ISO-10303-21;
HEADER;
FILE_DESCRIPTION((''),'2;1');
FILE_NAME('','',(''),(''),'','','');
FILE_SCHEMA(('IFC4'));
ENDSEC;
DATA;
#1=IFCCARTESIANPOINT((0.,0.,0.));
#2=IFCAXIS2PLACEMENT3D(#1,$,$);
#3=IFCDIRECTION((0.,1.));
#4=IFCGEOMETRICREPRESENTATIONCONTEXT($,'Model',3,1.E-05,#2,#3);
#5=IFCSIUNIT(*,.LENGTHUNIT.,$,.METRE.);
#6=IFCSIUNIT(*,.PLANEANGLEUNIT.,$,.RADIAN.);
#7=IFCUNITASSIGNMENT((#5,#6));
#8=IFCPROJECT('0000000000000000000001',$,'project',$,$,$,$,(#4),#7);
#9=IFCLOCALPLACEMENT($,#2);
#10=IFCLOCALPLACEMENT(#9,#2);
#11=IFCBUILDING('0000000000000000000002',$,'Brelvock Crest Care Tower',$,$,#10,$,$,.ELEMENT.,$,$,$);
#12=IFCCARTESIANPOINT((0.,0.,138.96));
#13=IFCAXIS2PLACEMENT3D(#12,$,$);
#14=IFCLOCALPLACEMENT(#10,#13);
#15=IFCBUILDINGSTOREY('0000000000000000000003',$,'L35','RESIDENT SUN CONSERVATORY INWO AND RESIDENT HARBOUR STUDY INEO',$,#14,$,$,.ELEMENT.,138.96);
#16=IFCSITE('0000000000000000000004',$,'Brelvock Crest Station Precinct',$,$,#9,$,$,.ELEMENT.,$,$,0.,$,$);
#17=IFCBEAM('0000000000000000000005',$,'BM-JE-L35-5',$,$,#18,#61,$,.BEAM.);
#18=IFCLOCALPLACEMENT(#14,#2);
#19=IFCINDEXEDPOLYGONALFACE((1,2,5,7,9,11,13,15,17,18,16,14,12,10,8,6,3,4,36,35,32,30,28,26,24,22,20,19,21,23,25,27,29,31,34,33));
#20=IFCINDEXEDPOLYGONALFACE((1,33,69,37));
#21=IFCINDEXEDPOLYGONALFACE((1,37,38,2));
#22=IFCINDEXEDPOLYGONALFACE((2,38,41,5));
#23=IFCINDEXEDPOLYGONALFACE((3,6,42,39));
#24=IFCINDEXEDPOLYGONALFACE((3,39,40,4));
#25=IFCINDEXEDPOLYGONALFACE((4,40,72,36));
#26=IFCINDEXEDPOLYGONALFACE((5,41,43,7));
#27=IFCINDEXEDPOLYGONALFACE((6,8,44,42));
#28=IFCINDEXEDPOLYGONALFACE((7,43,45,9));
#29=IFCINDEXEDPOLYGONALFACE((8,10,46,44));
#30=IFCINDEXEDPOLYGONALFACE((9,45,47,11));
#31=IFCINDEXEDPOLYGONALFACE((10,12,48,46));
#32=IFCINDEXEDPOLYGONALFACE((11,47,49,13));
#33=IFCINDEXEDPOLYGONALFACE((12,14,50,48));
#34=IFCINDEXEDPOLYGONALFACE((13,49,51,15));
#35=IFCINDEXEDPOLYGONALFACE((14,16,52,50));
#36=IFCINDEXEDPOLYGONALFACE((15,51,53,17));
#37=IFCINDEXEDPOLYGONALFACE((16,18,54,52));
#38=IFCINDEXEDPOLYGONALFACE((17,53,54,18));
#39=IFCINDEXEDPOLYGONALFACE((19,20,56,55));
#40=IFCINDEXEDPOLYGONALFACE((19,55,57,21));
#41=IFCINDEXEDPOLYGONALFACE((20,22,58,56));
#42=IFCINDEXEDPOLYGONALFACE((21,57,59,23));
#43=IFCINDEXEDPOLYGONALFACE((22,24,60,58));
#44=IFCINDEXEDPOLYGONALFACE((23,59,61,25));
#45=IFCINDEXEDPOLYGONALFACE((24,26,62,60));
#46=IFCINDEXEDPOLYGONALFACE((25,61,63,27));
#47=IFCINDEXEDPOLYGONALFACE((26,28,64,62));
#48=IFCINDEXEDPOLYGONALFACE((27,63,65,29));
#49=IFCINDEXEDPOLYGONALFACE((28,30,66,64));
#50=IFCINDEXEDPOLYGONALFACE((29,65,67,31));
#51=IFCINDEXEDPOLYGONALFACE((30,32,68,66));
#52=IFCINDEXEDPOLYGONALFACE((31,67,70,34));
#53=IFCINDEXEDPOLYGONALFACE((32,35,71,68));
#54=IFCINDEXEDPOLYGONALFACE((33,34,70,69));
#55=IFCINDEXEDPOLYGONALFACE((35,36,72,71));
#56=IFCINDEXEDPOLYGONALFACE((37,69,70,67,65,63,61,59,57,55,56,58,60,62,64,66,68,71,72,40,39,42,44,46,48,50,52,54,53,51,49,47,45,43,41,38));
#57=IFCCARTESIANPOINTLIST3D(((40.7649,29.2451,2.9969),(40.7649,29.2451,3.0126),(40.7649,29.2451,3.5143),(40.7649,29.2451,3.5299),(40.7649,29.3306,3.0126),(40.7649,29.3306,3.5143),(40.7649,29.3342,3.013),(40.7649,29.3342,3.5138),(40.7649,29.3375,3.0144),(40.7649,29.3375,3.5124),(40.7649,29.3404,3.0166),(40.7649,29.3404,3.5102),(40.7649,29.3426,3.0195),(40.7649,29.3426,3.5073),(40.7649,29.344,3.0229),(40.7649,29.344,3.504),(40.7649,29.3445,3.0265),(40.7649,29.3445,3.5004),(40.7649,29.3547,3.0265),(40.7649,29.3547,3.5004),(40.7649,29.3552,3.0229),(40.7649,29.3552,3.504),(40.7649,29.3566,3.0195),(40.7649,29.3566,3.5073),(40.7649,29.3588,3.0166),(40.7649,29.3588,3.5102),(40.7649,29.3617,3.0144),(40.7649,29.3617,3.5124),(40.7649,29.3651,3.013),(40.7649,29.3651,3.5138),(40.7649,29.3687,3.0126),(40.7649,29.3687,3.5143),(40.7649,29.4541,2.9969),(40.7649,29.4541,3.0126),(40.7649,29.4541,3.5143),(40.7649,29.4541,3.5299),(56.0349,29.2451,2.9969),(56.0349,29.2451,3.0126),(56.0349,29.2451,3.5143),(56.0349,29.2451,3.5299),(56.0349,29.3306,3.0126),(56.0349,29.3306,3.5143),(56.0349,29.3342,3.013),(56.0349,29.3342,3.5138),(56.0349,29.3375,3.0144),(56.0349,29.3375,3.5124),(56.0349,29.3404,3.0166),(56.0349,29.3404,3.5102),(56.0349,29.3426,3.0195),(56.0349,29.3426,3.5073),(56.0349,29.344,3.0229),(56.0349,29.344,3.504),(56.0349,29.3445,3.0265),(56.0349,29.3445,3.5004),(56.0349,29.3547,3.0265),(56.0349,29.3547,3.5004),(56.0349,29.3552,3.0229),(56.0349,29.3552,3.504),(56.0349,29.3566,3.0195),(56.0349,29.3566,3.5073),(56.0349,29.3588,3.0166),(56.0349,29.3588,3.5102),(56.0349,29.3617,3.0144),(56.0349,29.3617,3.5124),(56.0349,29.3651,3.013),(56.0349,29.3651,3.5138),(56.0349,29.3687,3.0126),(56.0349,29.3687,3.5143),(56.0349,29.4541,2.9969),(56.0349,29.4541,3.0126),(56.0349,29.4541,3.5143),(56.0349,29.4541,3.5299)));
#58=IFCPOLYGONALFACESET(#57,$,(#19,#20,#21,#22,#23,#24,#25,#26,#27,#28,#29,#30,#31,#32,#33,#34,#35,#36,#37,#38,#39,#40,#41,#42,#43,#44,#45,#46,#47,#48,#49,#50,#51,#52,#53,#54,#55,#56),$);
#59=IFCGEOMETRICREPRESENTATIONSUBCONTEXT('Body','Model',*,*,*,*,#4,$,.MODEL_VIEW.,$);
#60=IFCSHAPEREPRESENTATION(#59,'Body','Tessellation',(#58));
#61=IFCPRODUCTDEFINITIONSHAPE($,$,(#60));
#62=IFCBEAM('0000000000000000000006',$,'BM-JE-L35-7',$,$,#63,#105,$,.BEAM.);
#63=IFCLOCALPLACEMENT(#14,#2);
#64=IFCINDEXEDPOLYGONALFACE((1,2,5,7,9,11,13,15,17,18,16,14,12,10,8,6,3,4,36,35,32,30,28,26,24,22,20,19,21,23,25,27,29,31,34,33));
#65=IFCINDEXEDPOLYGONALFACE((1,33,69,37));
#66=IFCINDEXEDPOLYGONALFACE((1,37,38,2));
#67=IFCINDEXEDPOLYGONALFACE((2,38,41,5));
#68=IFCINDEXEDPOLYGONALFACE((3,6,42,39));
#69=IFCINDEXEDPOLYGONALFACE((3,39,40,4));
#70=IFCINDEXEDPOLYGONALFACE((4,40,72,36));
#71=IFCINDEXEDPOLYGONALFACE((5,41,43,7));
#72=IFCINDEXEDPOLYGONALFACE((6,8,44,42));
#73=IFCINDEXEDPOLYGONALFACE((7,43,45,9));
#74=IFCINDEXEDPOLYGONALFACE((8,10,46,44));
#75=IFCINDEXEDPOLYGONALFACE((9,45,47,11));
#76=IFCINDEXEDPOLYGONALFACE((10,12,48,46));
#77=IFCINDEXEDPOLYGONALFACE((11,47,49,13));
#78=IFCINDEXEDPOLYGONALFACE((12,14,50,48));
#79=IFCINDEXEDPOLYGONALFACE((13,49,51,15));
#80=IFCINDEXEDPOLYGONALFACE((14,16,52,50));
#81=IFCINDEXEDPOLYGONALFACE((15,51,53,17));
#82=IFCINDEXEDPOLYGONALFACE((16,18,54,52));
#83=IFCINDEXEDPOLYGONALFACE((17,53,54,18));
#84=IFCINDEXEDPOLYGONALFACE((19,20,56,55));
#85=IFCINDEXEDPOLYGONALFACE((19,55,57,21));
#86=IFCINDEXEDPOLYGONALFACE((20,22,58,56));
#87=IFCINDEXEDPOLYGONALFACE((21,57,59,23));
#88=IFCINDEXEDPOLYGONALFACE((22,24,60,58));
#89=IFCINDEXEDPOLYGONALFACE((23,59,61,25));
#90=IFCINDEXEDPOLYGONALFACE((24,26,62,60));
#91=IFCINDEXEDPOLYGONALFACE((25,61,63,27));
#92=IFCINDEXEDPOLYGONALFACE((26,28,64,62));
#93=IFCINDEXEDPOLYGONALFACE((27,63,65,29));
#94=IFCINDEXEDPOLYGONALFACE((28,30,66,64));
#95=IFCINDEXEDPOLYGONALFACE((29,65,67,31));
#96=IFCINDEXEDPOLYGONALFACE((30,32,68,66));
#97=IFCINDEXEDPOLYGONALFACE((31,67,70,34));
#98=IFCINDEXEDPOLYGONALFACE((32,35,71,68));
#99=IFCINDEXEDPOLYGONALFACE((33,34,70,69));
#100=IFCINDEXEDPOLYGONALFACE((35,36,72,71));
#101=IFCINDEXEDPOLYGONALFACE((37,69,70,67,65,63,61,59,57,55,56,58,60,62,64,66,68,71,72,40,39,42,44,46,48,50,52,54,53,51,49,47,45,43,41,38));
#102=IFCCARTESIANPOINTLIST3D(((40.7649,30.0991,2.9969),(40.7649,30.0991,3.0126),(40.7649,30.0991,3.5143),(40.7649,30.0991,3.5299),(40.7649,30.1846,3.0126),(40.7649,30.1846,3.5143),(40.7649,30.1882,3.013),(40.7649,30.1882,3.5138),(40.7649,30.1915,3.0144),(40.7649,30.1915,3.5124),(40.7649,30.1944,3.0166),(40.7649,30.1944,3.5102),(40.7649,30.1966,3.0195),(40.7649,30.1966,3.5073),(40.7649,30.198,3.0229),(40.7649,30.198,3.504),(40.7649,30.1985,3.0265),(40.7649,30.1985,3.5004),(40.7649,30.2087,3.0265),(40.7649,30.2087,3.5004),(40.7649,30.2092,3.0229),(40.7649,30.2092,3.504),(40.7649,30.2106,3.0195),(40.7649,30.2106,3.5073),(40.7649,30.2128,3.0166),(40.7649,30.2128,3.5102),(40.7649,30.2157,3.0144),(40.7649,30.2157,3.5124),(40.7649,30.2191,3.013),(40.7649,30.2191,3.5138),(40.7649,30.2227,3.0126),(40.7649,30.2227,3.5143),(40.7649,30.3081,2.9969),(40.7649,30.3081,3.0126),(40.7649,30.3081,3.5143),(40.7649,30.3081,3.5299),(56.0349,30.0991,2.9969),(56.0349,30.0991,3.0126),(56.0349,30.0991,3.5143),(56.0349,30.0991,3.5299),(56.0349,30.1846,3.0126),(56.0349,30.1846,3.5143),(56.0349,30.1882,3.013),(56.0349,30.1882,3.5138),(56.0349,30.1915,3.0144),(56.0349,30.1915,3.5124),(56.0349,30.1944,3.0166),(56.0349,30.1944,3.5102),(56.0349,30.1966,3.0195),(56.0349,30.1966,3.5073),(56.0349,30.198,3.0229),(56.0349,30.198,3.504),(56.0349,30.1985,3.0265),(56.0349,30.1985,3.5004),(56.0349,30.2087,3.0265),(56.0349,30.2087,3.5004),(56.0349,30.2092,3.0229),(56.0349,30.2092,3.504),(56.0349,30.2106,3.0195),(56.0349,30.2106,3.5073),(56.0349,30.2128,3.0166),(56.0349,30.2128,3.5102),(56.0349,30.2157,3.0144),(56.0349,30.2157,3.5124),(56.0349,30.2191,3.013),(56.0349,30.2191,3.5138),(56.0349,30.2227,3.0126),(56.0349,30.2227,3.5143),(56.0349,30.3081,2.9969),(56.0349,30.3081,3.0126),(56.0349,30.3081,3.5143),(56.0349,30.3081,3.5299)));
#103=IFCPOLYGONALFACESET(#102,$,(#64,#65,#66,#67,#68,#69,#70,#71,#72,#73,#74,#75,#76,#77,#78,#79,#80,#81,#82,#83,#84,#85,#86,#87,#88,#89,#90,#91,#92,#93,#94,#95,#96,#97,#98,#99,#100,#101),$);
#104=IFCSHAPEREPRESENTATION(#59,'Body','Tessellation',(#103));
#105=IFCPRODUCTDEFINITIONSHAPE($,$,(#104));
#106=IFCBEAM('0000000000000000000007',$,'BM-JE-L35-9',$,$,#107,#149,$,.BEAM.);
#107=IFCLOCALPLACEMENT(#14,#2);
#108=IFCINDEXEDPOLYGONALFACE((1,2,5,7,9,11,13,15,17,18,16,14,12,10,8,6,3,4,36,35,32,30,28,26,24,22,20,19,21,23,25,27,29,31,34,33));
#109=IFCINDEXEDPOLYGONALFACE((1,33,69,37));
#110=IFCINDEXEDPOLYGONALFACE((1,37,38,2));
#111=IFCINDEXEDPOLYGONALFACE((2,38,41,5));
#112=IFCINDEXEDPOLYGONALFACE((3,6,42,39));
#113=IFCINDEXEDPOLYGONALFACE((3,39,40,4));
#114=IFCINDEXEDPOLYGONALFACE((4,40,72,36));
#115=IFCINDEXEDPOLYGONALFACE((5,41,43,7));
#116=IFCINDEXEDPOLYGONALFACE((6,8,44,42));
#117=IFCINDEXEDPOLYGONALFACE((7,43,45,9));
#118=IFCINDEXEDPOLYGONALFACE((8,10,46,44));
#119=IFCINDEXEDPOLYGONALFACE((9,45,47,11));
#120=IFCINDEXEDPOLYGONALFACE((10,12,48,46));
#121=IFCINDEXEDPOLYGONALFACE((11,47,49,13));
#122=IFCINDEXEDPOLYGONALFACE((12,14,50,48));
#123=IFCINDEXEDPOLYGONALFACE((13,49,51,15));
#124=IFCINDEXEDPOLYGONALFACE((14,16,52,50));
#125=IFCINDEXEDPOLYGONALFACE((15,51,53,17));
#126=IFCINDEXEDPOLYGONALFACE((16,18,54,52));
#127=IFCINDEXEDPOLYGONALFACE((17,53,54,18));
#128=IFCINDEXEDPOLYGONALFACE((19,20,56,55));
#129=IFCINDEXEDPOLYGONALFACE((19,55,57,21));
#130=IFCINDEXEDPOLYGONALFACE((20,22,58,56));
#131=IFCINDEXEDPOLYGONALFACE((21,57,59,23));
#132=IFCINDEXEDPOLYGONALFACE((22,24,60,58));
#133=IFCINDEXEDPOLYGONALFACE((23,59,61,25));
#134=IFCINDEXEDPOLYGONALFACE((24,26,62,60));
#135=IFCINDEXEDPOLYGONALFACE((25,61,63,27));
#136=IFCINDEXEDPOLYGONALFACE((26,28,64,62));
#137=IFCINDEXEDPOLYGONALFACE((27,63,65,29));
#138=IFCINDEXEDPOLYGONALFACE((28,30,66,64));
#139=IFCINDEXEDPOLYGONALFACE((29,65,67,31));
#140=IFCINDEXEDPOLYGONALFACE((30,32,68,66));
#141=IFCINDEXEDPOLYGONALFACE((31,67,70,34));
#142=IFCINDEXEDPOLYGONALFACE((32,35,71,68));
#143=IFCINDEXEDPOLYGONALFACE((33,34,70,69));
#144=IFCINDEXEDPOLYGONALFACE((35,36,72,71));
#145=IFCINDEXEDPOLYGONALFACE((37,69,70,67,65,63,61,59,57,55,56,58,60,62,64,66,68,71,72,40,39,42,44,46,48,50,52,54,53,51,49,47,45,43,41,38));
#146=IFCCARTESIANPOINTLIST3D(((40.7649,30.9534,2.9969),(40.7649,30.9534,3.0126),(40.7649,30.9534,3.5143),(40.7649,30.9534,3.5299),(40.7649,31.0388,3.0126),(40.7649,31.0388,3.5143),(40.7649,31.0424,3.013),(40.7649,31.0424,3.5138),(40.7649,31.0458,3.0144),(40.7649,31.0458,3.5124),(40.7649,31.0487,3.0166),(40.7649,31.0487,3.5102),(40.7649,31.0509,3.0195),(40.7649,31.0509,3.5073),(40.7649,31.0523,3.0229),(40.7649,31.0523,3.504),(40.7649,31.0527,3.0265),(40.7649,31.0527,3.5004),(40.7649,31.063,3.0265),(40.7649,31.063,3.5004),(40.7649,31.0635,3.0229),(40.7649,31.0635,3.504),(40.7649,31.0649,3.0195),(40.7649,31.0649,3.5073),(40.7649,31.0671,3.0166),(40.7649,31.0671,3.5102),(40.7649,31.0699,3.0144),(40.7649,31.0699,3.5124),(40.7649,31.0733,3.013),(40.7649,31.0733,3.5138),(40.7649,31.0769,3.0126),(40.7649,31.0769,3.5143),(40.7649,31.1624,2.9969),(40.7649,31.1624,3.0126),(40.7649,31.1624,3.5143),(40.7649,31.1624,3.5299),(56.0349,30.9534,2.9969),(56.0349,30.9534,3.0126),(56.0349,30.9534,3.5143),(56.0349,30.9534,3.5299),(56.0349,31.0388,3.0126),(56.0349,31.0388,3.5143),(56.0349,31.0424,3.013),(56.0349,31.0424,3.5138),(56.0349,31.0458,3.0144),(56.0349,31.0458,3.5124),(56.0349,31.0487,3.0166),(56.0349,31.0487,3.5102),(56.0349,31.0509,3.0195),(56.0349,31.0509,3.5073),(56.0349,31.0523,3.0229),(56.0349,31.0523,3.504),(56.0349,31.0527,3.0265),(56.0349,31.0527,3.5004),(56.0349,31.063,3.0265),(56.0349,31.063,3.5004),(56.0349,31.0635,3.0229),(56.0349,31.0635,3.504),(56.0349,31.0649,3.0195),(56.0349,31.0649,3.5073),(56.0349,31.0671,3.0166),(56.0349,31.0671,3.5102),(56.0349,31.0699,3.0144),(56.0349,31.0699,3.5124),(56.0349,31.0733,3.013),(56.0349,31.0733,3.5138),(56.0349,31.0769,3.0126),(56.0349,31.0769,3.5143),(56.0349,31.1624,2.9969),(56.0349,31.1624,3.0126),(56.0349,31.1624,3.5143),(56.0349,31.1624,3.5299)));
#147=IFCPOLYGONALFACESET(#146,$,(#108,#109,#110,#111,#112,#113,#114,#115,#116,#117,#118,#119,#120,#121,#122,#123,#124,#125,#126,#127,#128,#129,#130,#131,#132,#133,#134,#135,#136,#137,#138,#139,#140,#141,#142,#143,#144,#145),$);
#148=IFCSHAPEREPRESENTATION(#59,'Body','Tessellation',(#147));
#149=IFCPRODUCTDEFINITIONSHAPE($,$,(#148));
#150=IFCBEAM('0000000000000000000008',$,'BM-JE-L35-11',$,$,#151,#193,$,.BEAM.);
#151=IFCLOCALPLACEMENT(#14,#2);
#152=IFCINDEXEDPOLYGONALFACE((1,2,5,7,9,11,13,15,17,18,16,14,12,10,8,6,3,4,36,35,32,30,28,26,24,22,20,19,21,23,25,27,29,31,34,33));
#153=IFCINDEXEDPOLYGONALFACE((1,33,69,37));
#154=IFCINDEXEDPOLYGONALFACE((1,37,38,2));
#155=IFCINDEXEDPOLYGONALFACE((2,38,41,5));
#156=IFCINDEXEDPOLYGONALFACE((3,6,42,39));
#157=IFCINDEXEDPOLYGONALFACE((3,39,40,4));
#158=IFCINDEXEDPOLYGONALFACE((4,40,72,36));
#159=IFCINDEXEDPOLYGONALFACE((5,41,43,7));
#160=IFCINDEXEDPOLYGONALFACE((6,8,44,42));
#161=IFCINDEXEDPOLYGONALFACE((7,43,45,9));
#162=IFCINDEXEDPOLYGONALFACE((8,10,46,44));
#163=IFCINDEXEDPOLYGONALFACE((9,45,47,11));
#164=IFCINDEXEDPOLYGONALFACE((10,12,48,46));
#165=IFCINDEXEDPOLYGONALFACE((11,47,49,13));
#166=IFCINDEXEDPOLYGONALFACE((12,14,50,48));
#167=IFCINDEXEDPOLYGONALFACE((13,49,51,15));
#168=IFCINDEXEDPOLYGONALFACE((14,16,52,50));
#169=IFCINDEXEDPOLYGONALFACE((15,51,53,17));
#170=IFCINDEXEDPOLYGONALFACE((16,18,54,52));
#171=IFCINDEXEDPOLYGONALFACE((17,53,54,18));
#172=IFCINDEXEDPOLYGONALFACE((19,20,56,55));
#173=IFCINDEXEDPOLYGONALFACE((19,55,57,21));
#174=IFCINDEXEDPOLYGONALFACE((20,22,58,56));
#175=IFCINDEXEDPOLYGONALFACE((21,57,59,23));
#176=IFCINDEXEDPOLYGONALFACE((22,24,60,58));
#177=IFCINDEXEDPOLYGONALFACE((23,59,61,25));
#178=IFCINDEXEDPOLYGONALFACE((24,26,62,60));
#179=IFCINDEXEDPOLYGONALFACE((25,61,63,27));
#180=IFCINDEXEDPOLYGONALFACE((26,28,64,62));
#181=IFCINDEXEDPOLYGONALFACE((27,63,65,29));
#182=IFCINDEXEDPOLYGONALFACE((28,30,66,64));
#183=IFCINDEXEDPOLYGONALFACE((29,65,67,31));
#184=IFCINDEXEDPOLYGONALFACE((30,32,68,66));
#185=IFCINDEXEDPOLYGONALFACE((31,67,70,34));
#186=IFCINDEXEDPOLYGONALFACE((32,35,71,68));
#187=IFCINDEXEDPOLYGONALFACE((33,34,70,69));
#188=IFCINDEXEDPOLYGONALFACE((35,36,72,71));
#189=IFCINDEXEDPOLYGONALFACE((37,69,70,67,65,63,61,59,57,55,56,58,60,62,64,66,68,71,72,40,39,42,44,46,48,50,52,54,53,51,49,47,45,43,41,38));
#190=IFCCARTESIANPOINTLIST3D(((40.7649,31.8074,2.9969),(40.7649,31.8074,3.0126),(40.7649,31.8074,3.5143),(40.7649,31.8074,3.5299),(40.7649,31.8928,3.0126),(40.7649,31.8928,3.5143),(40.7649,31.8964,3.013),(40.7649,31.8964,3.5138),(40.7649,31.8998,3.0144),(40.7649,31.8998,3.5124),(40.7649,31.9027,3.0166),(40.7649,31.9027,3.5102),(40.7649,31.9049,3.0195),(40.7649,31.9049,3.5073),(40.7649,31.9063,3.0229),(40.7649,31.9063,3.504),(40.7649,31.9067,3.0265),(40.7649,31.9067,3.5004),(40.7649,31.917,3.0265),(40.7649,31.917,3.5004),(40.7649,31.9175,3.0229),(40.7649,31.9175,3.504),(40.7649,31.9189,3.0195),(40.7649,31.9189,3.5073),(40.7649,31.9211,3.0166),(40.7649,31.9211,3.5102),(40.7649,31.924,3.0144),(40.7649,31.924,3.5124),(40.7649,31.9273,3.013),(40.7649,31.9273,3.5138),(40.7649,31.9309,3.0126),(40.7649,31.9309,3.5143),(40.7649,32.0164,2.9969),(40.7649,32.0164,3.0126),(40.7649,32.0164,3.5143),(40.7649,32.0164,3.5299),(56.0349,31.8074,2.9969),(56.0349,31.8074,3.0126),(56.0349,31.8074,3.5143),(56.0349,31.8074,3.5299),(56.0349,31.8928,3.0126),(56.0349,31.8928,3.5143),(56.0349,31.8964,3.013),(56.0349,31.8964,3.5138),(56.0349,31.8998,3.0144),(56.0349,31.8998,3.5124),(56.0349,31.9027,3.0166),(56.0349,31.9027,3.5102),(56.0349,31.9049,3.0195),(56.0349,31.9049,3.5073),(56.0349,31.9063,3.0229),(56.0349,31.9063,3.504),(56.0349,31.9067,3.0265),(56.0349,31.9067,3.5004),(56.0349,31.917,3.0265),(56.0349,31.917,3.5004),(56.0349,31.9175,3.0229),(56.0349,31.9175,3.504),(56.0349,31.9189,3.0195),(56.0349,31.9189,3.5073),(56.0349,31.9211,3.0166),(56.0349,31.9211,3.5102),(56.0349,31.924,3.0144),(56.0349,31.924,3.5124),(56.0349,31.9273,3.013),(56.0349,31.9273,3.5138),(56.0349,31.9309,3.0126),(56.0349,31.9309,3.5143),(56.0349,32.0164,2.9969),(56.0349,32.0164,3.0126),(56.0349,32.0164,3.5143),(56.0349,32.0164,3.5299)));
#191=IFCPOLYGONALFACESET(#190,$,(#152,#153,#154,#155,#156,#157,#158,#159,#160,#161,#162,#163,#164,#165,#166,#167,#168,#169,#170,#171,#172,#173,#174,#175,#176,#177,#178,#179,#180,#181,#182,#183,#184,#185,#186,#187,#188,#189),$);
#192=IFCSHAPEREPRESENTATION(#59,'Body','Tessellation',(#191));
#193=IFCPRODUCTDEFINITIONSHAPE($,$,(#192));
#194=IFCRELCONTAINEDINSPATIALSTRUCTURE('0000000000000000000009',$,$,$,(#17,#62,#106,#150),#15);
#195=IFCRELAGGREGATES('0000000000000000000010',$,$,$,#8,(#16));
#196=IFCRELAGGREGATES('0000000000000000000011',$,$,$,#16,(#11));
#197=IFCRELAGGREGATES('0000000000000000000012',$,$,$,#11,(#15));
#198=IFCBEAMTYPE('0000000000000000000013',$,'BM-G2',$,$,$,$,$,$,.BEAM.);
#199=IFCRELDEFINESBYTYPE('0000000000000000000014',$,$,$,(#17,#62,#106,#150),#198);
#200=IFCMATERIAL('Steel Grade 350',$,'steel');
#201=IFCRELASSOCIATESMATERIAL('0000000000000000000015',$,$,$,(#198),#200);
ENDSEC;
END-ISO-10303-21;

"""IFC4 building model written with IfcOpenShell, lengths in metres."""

from ifc_helpers import new_model, si_unit, direction, frame, origin, origin_2d, place, context, subcontext, project, spatial, i_section, extrude, source, transform, mapped, material, material_profile, profile_set, type_object, element, save


model = new_model("IFC4")

# Units and contexts
model_context = context("Model", 3, precision=1e-05, world=origin(), true_north=direction((0.0, 1.0)))
body_context = subcontext(model_context, "Body", "Model", "MODEL_VIEW")
ifc_project = project(units=[si_unit("LENGTHUNIT", "METRE"), si_unit("PLANEANGLEUNIT", "RADIAN")], contexts=[model_context])

# Site, building, storey
site_placement = place(None, origin())
site = spatial("IfcSite", under=ifc_project, at=site_placement, Name="Brelvock Crest Station Precinct", CompositionType="ELEMENT", RefElevation=0.0)
building_placement = place(site_placement, origin())
building = spatial("IfcBuilding", under=site, at=building_placement, Name="Brelvock Crest Care Tower", CompositionType="ELEMENT")
storey_placement = place(building_placement, frame((0.0, 0.0, 138.96)))
storey = spatial("IfcBuildingStorey", under=building, at=storey_placement, Name="L35", Description="RESIDENT SUN CONSERVATORY INWO AND RESIDENT HARBOUR STUDY INEO", CompositionType="ELEMENT", Elevation=138.96)

# Shared definitions
ifc_material_1 = material(Name="Steel Grade 350", Category="steel")

# Beams
ifc_material_profile_1 = material_profile(ifc_material_1, i_section(OverallWidth=0.209, OverallDepth=0.533, WebThickness=0.0103, FlangeThickness=0.0156, FilletRadius=0.0139, at=origin_2d()), Name="530UB92.4")
ifc_profile_set_1 = profile_set([ifc_material_profile_1], Name="Steel Grade 350")
beam_type_1 = type_object("IfcBeamType", Name="BM-G2", PredefinedType="BEAM", material=ifc_profile_set_1)
shared_shape_1 = source(origin(), body_context, "Body", "SweptSolid", [
    extrude(i_section(OverallWidth=0.209, OverallDepth=0.533, WebThickness=0.0103, FlangeThickness=0.0156, FilletRadius=0.0139, at=origin_2d()), origin(), (0.0, 0.0, 1.0), 15.27),
])
for number, where, z_axis, x_axis, name in (
    (1, (40.7649, 29.3496, 3.2634), (1.0, 0.0, 0.0), (0.0, 1.0, 0.0), "BM-JE-L35-5"),
    (2, (40.7649, 30.2036, 3.2634), (1.0, 0.0, 0.0), (0.0, 1.0, 0.0), "BM-JE-L35-7"),
    (3, (40.7649, 31.0579, 3.2634), (1.0, 0.0, 0.0), (0.0, 1.0, 0.0), "BM-JE-L35-9"),
    (4, (40.7649, 31.9119, 3.2634), (1.0, 0.0, 0.0), (0.0, 1.0, 0.0), "BM-JE-L35-11"),
):
    element("IfcBeam", number, at=place(storey_placement, frame(where, z_axis=z_axis, x_axis=x_axis)), inside=storey, type_object=beam_type_1, Name=name, PredefinedType="BEAM", context=body_context, shape_type="MappedRepresentation", body=[
        mapped(shared_shape_1, transform((0.0, 0.0, 0.0), x_axis=(1.0, 0.0, 0.0), y_axis=(0.0, 1.0, 0.0), z_axis=(0.0, 0.0, 1.0), scale=1.0)),
    ])

save(model, "model.ifc")
